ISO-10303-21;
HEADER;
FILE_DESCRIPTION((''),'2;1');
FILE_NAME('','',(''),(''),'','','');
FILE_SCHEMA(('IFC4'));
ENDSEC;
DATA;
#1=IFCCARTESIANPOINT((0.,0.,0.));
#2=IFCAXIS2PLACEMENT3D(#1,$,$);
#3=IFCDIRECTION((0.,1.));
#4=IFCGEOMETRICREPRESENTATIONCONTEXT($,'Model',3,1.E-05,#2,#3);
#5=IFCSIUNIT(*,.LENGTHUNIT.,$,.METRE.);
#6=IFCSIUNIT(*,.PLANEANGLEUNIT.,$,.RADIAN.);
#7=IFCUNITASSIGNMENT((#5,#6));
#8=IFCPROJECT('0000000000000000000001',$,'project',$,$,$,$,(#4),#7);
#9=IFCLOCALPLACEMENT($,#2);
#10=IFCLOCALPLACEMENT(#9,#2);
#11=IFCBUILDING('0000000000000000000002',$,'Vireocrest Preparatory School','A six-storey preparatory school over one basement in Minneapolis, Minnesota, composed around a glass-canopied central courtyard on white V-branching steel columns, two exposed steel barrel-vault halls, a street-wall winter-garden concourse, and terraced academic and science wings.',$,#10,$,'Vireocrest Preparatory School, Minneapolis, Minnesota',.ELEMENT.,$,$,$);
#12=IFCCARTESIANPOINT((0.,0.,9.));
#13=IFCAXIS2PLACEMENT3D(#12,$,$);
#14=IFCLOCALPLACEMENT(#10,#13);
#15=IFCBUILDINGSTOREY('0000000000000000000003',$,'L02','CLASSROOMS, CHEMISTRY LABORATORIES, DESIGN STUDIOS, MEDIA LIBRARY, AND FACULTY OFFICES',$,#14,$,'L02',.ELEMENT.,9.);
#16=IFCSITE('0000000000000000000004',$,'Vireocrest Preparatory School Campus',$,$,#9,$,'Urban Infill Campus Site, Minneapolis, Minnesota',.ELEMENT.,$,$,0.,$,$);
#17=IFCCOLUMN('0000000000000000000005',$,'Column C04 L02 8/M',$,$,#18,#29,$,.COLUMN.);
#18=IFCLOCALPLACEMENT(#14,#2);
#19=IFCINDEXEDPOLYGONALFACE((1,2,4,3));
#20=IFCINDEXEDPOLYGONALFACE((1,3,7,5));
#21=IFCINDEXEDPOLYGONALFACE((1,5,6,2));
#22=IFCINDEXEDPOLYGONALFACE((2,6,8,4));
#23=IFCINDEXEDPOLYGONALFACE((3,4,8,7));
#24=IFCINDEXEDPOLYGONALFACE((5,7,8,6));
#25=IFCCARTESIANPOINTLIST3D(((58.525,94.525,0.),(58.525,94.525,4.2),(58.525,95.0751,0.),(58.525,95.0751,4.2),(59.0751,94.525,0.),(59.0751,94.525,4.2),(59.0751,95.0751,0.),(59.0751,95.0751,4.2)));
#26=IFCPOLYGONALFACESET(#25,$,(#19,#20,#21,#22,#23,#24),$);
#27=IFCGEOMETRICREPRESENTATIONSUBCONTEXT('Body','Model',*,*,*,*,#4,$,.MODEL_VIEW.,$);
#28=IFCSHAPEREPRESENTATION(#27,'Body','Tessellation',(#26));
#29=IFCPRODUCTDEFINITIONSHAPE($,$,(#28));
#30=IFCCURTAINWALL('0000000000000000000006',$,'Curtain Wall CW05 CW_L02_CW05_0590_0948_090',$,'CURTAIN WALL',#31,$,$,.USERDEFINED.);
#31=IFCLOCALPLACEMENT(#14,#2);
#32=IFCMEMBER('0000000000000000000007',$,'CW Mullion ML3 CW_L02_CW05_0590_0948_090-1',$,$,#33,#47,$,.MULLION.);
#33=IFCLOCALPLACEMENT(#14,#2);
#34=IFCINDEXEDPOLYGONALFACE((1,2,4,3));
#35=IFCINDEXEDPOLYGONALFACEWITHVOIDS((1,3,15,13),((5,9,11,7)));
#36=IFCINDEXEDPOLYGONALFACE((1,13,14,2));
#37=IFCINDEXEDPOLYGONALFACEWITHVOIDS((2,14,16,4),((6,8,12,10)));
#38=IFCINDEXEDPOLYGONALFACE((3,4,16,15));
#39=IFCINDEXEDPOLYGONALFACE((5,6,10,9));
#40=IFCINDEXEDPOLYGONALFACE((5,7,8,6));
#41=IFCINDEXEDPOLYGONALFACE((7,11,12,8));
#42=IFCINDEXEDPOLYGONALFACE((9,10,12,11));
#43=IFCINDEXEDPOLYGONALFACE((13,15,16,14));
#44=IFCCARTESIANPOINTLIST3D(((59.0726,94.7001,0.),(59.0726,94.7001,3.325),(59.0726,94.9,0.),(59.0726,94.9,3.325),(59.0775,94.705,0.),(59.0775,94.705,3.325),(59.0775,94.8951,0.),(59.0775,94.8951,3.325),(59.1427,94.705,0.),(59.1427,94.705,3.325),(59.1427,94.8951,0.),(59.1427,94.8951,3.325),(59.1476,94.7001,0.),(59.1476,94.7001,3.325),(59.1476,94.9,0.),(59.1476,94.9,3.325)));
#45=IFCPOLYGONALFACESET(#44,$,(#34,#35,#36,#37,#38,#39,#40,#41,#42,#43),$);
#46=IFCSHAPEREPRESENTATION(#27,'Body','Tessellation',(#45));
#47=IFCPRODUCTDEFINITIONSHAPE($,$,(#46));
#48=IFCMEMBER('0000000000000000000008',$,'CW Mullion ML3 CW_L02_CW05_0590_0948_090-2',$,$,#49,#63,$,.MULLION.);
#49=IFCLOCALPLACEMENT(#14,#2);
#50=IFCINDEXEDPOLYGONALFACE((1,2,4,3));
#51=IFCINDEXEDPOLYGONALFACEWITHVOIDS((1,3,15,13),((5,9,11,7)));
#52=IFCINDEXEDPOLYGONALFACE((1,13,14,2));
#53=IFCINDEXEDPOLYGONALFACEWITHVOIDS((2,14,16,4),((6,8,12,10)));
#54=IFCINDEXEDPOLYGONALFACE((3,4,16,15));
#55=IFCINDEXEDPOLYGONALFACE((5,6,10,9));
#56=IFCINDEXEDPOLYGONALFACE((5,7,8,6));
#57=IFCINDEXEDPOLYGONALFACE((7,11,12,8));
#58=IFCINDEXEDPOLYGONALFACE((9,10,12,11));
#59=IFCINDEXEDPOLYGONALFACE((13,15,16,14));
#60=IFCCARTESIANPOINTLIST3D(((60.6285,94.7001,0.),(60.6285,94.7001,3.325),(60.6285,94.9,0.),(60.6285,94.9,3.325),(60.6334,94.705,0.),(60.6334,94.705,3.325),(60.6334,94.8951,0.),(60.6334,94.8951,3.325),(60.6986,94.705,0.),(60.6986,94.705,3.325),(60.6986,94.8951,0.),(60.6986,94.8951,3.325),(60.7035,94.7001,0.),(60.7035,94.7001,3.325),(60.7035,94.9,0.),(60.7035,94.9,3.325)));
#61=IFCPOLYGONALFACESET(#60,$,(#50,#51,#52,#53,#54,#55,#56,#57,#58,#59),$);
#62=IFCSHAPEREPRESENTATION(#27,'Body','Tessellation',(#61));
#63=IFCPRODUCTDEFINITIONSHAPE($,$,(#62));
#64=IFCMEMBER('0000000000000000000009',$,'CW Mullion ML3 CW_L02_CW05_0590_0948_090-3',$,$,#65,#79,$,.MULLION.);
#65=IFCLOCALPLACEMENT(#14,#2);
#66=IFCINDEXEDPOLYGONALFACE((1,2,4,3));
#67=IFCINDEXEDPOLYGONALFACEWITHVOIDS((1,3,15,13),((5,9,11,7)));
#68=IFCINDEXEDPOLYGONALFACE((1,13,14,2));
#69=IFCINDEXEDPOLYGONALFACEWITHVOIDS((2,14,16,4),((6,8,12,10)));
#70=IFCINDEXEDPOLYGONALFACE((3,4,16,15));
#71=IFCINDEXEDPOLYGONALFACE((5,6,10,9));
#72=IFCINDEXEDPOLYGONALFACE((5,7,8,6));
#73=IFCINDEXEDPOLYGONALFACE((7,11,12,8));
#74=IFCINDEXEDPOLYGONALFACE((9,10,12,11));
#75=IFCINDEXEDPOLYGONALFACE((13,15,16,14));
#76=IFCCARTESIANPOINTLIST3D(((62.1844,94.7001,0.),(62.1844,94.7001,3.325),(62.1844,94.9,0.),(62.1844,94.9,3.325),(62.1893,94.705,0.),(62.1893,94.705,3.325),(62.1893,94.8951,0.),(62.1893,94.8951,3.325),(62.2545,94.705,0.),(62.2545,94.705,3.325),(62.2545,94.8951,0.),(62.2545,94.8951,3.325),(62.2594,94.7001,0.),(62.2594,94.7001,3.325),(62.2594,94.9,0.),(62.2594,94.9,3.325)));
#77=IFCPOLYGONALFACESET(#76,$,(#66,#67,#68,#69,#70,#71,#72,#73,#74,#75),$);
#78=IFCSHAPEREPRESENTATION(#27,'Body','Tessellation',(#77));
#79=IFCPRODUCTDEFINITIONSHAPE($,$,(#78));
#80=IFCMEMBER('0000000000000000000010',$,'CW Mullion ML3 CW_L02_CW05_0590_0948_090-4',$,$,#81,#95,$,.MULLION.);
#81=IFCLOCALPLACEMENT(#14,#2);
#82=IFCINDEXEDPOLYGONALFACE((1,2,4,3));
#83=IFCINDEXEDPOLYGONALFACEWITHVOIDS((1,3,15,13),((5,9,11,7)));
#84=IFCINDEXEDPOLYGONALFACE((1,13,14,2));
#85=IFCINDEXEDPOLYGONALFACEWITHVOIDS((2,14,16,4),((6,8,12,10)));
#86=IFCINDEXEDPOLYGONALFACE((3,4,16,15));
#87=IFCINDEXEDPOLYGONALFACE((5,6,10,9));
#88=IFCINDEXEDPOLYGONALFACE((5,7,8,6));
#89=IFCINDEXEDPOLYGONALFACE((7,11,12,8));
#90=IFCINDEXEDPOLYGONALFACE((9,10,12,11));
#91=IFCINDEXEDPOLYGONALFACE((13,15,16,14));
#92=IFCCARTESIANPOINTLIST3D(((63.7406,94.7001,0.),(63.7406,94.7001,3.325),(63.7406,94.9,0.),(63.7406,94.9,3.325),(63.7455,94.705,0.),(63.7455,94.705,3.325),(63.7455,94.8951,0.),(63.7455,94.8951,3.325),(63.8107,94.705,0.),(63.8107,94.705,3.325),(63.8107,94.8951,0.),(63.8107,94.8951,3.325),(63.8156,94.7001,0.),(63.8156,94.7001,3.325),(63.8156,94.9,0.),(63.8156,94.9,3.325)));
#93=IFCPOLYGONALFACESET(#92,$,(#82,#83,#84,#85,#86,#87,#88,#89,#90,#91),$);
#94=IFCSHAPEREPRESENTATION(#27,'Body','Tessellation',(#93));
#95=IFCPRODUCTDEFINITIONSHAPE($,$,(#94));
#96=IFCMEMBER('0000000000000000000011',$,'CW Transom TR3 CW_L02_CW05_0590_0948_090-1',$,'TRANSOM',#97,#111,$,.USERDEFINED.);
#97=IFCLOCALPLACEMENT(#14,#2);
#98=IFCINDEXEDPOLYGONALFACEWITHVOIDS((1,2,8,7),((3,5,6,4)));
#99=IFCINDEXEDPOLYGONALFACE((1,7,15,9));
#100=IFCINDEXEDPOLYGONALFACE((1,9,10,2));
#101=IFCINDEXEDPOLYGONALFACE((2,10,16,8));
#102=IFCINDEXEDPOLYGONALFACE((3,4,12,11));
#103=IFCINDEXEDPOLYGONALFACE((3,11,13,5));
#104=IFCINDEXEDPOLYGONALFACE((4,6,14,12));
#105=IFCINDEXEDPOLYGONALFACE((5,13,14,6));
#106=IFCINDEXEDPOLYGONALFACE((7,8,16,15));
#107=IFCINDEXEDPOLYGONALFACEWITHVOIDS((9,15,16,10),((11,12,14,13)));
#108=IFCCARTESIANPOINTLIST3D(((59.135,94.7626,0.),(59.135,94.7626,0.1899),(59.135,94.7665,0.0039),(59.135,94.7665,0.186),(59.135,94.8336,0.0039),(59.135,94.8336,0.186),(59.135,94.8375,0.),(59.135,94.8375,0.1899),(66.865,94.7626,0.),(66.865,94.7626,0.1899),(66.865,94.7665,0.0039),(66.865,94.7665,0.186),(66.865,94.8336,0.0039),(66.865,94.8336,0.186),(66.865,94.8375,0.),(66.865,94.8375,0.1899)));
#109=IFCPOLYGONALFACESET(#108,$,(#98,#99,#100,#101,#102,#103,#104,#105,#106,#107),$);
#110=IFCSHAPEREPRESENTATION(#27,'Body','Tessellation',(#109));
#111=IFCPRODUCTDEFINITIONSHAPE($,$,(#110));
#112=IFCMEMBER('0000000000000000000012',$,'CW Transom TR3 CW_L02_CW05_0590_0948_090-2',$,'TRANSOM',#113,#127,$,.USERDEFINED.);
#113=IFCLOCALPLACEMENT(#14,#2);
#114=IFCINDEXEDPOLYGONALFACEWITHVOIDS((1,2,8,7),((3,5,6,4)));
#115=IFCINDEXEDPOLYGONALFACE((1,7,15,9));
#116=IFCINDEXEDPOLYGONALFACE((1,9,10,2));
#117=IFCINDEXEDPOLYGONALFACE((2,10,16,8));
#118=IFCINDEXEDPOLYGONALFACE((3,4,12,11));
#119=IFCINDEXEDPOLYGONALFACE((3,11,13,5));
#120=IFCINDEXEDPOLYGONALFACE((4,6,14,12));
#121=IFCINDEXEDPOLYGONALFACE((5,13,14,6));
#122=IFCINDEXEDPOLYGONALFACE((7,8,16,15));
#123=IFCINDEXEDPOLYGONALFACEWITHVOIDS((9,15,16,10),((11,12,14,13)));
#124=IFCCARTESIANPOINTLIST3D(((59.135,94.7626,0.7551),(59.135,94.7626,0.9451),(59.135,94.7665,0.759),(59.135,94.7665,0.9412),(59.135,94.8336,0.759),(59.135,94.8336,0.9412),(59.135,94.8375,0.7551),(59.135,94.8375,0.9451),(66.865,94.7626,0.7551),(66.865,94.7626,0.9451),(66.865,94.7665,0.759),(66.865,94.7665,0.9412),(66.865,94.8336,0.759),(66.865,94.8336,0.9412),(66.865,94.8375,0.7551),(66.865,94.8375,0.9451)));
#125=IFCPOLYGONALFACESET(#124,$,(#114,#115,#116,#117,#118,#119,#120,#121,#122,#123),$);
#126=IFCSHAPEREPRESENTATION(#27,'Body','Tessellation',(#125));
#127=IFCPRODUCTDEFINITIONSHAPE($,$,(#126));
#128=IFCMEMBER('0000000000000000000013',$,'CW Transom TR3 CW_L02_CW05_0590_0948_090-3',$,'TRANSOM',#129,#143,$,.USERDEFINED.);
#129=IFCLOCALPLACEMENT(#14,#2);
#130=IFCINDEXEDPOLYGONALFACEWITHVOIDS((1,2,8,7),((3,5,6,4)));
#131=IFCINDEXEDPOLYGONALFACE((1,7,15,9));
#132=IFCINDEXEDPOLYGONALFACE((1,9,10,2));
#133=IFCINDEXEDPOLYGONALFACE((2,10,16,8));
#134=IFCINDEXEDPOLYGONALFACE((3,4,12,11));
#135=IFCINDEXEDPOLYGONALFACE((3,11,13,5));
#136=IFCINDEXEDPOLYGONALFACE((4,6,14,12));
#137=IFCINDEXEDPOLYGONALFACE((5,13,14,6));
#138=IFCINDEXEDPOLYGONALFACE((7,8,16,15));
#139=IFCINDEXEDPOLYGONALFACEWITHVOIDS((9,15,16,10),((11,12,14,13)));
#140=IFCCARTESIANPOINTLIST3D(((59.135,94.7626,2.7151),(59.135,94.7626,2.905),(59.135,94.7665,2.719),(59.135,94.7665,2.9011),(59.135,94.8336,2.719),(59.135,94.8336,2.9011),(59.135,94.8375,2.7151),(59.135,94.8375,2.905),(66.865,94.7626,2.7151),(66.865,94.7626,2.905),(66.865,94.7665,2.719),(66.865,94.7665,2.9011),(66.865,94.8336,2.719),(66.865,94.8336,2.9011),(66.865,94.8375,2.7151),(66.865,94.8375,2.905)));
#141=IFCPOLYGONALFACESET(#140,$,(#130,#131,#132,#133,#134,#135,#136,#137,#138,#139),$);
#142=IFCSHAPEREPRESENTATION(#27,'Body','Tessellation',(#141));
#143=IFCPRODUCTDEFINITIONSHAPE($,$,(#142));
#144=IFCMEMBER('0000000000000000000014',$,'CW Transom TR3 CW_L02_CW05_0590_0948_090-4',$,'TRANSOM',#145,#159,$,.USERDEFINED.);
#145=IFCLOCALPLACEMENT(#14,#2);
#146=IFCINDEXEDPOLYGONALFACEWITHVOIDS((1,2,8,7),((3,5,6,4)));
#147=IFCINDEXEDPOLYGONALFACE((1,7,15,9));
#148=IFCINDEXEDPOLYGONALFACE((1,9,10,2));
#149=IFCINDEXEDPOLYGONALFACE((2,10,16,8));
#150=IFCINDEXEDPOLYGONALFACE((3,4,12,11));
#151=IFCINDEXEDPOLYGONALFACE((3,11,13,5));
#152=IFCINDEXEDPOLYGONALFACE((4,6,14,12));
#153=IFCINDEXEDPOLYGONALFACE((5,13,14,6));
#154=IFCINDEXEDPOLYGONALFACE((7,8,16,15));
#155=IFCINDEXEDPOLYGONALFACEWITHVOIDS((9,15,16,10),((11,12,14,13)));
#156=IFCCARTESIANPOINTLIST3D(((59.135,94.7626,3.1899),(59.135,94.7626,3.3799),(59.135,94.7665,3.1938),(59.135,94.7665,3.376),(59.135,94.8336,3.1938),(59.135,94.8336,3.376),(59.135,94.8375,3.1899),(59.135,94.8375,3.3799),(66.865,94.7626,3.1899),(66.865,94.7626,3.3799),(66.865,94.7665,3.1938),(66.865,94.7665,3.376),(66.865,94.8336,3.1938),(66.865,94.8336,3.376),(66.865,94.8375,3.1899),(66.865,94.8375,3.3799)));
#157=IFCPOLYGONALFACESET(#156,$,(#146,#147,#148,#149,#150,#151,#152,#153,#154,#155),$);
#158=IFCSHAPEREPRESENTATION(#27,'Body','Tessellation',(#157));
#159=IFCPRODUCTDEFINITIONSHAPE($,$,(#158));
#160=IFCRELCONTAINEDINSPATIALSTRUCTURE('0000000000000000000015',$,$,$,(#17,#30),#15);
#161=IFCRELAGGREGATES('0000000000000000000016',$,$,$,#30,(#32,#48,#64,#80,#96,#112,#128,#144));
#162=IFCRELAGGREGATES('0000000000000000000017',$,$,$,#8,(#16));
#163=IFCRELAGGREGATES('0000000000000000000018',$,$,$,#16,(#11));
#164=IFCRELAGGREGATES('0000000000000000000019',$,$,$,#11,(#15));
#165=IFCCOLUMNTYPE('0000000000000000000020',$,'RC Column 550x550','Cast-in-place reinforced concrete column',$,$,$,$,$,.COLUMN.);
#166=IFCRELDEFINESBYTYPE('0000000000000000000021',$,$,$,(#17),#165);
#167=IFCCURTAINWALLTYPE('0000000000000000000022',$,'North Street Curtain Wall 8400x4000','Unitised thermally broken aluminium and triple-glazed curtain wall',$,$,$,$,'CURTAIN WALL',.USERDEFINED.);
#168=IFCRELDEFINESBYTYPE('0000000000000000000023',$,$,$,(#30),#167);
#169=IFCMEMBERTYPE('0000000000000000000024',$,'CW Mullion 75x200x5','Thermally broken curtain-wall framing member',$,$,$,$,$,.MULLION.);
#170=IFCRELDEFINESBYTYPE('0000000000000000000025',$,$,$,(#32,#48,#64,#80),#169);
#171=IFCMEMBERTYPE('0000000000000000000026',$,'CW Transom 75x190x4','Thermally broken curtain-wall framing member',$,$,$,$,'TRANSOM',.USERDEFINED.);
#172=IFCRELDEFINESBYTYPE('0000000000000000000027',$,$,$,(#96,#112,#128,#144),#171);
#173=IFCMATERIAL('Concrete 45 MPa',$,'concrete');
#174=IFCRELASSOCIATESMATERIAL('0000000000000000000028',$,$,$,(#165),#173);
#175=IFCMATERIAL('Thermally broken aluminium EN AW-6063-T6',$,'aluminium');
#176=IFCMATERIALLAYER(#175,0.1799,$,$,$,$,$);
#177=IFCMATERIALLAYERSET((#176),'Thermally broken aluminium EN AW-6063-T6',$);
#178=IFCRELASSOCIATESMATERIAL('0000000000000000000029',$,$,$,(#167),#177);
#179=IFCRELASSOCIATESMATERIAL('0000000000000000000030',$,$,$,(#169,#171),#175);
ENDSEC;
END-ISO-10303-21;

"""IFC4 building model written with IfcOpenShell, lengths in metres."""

from ifc_helpers import new_model, si_unit, direction, frame, origin, origin_2d, place, context, subcontext, project, spatial, rectangle, hollow_rectangle, extrude, material, layer, layer_set, material_profile, profile_set, type_object, element, aggregate, save


model = new_model("IFC4")

# Units and contexts
model_context = context("Model", 3, precision=1e-05, world=origin(), true_north=direction((0.0, 1.0)))
body_context = subcontext(model_context, "Body", "Model", "MODEL_VIEW")
ifc_project = project(units=[si_unit("LENGTHUNIT", "METRE"), si_unit("PLANEANGLEUNIT", "RADIAN")], contexts=[model_context])

# Site, building, storey
site_placement = place(None, origin())
site = spatial("IfcSite", under=ifc_project, at=site_placement, Name="Vireocrest Preparatory School Campus", LongName="Urban Infill Campus Site, Minneapolis, Minnesota", CompositionType="ELEMENT", RefElevation=0.0)
building_placement = place(site_placement, origin())
building = spatial("IfcBuilding", under=site, at=building_placement, Name="Vireocrest Preparatory School", Description="A six-storey preparatory school over one basement in Minneapolis, Minnesota, composed around a glass-canopied central courtyard on white V-branching steel columns, two exposed steel barrel-vault halls, a street-wall winter-garden concourse, and terraced academic and science wings.", LongName="Vireocrest Preparatory School, Minneapolis, Minnesota", CompositionType="ELEMENT")
storey_placement = place(building_placement, frame((0.0, 0.0, 9.0)))
storey = spatial("IfcBuildingStorey", under=building, at=storey_placement, Name="L02", Description="CLASSROOMS, CHEMISTRY LABORATORIES, DESIGN STUDIOS, MEDIA LIBRARY, AND FACULTY OFFICES", LongName="L02", CompositionType="ELEMENT", Elevation=9.0)

# Column
ifc_material_1 = material(Name="Concrete 45 MPa", Category="concrete")
ifc_material_profile_1 = material_profile(ifc_material_1, rectangle(XDim=0.55, YDim=0.55, at=origin_2d()), Name="RC 550x550")
ifc_profile_set_1 = profile_set([ifc_material_profile_1], Name="Concrete 45 MPa")
column_type = type_object("IfcColumnType", Name="RC Column 550x550", Description="Cast-in-place reinforced concrete column", PredefinedType="COLUMN", material=ifc_profile_set_1)
column_placement = place(storey_placement, frame((58.8, 94.8, 0.0), z_axis=(0.0, 0.0, 1.0), x_axis=(1.0, 0.0, 0.0)))
element("IfcColumn", 1, at=column_placement, inside=storey, type_object=column_type, Name="Column C04 L02 8/M", PredefinedType="COLUMN", context=body_context, shape_type="SweptSolid", body=[
    extrude(rectangle(XDim=0.55, YDim=0.55, at=origin_2d()), origin(), (0.0, 0.0, 1.0), 4.2),
])

# Curtain wall, members
ifc_material_2 = material(Name="Thermally broken aluminium EN AW-6063-T6", Category="aluminium")
ifc_layer_1 = layer(ifc_material_2, 0.1799)
ifc_layer_set_1 = layer_set([ifc_layer_1], Name="Thermally broken aluminium EN AW-6063-T6")
curtain_wall_type = type_object("IfcCurtainWallType", Name="North Street Curtain Wall 8400x4000", Description="Unitised thermally broken aluminium and triple-glazed curtain wall", ElementType="CURTAIN WALL", PredefinedType="USERDEFINED", material=ifc_layer_set_1)
curtain_wall_placement = place(storey_placement, origin())
curtain_wall = element("IfcCurtainWall", 2, at=curtain_wall_placement, inside=storey, type_object=curtain_wall_type, Name="Curtain Wall CW05 CW_L02_CW05_0590_0948_090", ObjectType="CURTAIN WALL", PredefinedType="USERDEFINED")
ifc_material_profile_2 = material_profile(ifc_material_2, hollow_rectangle(XDim=0.075, YDim=0.2, WallThickness=0.0049, at=origin_2d()), Name="ALU 75x200x5")
ifc_profile_set_2 = profile_set([ifc_material_profile_2], Name="Thermally broken aluminium EN AW-6063-T6")
member_type_1 = type_object("IfcMemberType", Name="CW Mullion 75x200x5", Description="Thermally broken curtain-wall framing member", PredefinedType="MULLION", material=ifc_profile_set_2)
member_1_placement = place(storey_placement, frame((59.1101, 94.8, 0.0), z_axis=(0.0, 0.0, 1.0), x_axis=(1.0, 0.0, 0.0)))
member_1 = element("IfcMember", 3, at=member_1_placement, type_object=member_type_1, Name="CW Mullion ML3 CW_L02_CW05_0590_0948_090-1", PredefinedType="MULLION", context=body_context, shape_type="SweptSolid", body=[
    extrude(hollow_rectangle(XDim=0.075, YDim=0.2, WallThickness=0.0049, at=origin_2d()), origin(), (0.0, 0.0, 1.0), 3.325),
])
member_2_placement = place(storey_placement, frame((60.666, 94.8, 0.0), z_axis=(0.0, 0.0, 1.0), x_axis=(1.0, 0.0, 0.0)))
member_2 = element("IfcMember", 4, at=member_2_placement, type_object=member_type_1, Name="CW Mullion ML3 CW_L02_CW05_0590_0948_090-2", PredefinedType="MULLION", context=body_context, shape_type="SweptSolid", body=[
    extrude(hollow_rectangle(XDim=0.075, YDim=0.2, WallThickness=0.0049, at=origin_2d()), origin(), (0.0, 0.0, 1.0), 3.325),
])
member_3_placement = place(storey_placement, frame((62.2219, 94.8, 0.0), z_axis=(0.0, 0.0, 1.0), x_axis=(1.0, 0.0, 0.0)))
member_3 = element("IfcMember", 5, at=member_3_placement, type_object=member_type_1, Name="CW Mullion ML3 CW_L02_CW05_0590_0948_090-3", PredefinedType="MULLION", context=body_context, shape_type="SweptSolid", body=[
    extrude(hollow_rectangle(XDim=0.075, YDim=0.2, WallThickness=0.0049, at=origin_2d()), origin(), (0.0, 0.0, 1.0), 3.325),
])
member_4_placement = place(storey_placement, frame((63.7781, 94.8, 0.0), z_axis=(0.0, 0.0, 1.0), x_axis=(1.0, 0.0, 0.0)))
member_4 = element("IfcMember", 6, at=member_4_placement, type_object=member_type_1, Name="CW Mullion ML3 CW_L02_CW05_0590_0948_090-4", PredefinedType="MULLION", context=body_context, shape_type="SweptSolid", body=[
    extrude(hollow_rectangle(XDim=0.075, YDim=0.2, WallThickness=0.0049, at=origin_2d()), origin(), (0.0, 0.0, 1.0), 3.325),
])
ifc_material_profile_3 = material_profile(ifc_material_2, hollow_rectangle(XDim=0.075, YDim=0.1899, WallThickness=0.0039, at=origin_2d()), Name="ALU 75x190x4")
ifc_profile_set_3 = profile_set([ifc_material_profile_3], Name="Thermally broken aluminium EN AW-6063-T6")
member_type_2 = type_object("IfcMemberType", Name="CW Transom 75x190x4", Description="Thermally broken curtain-wall framing member", ElementType="TRANSOM", PredefinedType="USERDEFINED", material=ifc_profile_set_3)
member_5_placement = place(storey_placement, frame((59.135, 94.8, 0.095), z_axis=(1.0, 0.0, 0.0), x_axis=(0.0, 1.0, 0.0)))
member_5 = element("IfcMember", 7, at=member_5_placement, type_object=member_type_2, Name="CW Transom TR3 CW_L02_CW05_0590_0948_090-1", ObjectType="TRANSOM", PredefinedType="USERDEFINED", context=body_context, shape_type="SweptSolid", body=[
    extrude(hollow_rectangle(XDim=0.075, YDim=0.1899, WallThickness=0.0039, at=origin_2d()), origin(), (0.0, 0.0, 1.0), 7.73),
])
member_6_placement = place(storey_placement, frame((59.135, 94.8, 0.8501), z_axis=(1.0, 0.0, 0.0), x_axis=(0.0, 1.0, 0.0)))
member_6 = element("IfcMember", 8, at=member_6_placement, type_object=member_type_2, Name="CW Transom TR3 CW_L02_CW05_0590_0948_090-2", ObjectType="TRANSOM", PredefinedType="USERDEFINED", context=body_context, shape_type="SweptSolid", body=[
    extrude(hollow_rectangle(XDim=0.075, YDim=0.1899, WallThickness=0.0039, at=origin_2d()), origin(), (0.0, 0.0, 1.0), 7.73),
])
member_7_placement = place(storey_placement, frame((59.135, 94.8, 2.8101), z_axis=(1.0, 0.0, 0.0), x_axis=(0.0, 1.0, 0.0)))
member_7 = element("IfcMember", 9, at=member_7_placement, type_object=member_type_2, Name="CW Transom TR3 CW_L02_CW05_0590_0948_090-3", ObjectType="TRANSOM", PredefinedType="USERDEFINED", context=body_context, shape_type="SweptSolid", body=[
    extrude(hollow_rectangle(XDim=0.075, YDim=0.1899, WallThickness=0.0039, at=origin_2d()), origin(), (0.0, 0.0, 1.0), 7.73),
])
member_8_placement = place(storey_placement, frame((59.135, 94.8, 3.2849), z_axis=(1.0, 0.0, 0.0), x_axis=(0.0, 1.0, 0.0)))
member_8 = element("IfcMember", 10, at=member_8_placement, type_object=member_type_2, Name="CW Transom TR3 CW_L02_CW05_0590_0948_090-4", ObjectType="TRANSOM", PredefinedType="USERDEFINED", context=body_context, shape_type="SweptSolid", body=[
    extrude(hollow_rectangle(XDim=0.075, YDim=0.1899, WallThickness=0.0039, at=origin_2d()), origin(), (0.0, 0.0, 1.0), 7.73),
])

aggregate(curtain_wall, [member_1, member_2, member_3, member_4, member_5, member_6, member_7, member_8])

save(model, "model.ifc")
